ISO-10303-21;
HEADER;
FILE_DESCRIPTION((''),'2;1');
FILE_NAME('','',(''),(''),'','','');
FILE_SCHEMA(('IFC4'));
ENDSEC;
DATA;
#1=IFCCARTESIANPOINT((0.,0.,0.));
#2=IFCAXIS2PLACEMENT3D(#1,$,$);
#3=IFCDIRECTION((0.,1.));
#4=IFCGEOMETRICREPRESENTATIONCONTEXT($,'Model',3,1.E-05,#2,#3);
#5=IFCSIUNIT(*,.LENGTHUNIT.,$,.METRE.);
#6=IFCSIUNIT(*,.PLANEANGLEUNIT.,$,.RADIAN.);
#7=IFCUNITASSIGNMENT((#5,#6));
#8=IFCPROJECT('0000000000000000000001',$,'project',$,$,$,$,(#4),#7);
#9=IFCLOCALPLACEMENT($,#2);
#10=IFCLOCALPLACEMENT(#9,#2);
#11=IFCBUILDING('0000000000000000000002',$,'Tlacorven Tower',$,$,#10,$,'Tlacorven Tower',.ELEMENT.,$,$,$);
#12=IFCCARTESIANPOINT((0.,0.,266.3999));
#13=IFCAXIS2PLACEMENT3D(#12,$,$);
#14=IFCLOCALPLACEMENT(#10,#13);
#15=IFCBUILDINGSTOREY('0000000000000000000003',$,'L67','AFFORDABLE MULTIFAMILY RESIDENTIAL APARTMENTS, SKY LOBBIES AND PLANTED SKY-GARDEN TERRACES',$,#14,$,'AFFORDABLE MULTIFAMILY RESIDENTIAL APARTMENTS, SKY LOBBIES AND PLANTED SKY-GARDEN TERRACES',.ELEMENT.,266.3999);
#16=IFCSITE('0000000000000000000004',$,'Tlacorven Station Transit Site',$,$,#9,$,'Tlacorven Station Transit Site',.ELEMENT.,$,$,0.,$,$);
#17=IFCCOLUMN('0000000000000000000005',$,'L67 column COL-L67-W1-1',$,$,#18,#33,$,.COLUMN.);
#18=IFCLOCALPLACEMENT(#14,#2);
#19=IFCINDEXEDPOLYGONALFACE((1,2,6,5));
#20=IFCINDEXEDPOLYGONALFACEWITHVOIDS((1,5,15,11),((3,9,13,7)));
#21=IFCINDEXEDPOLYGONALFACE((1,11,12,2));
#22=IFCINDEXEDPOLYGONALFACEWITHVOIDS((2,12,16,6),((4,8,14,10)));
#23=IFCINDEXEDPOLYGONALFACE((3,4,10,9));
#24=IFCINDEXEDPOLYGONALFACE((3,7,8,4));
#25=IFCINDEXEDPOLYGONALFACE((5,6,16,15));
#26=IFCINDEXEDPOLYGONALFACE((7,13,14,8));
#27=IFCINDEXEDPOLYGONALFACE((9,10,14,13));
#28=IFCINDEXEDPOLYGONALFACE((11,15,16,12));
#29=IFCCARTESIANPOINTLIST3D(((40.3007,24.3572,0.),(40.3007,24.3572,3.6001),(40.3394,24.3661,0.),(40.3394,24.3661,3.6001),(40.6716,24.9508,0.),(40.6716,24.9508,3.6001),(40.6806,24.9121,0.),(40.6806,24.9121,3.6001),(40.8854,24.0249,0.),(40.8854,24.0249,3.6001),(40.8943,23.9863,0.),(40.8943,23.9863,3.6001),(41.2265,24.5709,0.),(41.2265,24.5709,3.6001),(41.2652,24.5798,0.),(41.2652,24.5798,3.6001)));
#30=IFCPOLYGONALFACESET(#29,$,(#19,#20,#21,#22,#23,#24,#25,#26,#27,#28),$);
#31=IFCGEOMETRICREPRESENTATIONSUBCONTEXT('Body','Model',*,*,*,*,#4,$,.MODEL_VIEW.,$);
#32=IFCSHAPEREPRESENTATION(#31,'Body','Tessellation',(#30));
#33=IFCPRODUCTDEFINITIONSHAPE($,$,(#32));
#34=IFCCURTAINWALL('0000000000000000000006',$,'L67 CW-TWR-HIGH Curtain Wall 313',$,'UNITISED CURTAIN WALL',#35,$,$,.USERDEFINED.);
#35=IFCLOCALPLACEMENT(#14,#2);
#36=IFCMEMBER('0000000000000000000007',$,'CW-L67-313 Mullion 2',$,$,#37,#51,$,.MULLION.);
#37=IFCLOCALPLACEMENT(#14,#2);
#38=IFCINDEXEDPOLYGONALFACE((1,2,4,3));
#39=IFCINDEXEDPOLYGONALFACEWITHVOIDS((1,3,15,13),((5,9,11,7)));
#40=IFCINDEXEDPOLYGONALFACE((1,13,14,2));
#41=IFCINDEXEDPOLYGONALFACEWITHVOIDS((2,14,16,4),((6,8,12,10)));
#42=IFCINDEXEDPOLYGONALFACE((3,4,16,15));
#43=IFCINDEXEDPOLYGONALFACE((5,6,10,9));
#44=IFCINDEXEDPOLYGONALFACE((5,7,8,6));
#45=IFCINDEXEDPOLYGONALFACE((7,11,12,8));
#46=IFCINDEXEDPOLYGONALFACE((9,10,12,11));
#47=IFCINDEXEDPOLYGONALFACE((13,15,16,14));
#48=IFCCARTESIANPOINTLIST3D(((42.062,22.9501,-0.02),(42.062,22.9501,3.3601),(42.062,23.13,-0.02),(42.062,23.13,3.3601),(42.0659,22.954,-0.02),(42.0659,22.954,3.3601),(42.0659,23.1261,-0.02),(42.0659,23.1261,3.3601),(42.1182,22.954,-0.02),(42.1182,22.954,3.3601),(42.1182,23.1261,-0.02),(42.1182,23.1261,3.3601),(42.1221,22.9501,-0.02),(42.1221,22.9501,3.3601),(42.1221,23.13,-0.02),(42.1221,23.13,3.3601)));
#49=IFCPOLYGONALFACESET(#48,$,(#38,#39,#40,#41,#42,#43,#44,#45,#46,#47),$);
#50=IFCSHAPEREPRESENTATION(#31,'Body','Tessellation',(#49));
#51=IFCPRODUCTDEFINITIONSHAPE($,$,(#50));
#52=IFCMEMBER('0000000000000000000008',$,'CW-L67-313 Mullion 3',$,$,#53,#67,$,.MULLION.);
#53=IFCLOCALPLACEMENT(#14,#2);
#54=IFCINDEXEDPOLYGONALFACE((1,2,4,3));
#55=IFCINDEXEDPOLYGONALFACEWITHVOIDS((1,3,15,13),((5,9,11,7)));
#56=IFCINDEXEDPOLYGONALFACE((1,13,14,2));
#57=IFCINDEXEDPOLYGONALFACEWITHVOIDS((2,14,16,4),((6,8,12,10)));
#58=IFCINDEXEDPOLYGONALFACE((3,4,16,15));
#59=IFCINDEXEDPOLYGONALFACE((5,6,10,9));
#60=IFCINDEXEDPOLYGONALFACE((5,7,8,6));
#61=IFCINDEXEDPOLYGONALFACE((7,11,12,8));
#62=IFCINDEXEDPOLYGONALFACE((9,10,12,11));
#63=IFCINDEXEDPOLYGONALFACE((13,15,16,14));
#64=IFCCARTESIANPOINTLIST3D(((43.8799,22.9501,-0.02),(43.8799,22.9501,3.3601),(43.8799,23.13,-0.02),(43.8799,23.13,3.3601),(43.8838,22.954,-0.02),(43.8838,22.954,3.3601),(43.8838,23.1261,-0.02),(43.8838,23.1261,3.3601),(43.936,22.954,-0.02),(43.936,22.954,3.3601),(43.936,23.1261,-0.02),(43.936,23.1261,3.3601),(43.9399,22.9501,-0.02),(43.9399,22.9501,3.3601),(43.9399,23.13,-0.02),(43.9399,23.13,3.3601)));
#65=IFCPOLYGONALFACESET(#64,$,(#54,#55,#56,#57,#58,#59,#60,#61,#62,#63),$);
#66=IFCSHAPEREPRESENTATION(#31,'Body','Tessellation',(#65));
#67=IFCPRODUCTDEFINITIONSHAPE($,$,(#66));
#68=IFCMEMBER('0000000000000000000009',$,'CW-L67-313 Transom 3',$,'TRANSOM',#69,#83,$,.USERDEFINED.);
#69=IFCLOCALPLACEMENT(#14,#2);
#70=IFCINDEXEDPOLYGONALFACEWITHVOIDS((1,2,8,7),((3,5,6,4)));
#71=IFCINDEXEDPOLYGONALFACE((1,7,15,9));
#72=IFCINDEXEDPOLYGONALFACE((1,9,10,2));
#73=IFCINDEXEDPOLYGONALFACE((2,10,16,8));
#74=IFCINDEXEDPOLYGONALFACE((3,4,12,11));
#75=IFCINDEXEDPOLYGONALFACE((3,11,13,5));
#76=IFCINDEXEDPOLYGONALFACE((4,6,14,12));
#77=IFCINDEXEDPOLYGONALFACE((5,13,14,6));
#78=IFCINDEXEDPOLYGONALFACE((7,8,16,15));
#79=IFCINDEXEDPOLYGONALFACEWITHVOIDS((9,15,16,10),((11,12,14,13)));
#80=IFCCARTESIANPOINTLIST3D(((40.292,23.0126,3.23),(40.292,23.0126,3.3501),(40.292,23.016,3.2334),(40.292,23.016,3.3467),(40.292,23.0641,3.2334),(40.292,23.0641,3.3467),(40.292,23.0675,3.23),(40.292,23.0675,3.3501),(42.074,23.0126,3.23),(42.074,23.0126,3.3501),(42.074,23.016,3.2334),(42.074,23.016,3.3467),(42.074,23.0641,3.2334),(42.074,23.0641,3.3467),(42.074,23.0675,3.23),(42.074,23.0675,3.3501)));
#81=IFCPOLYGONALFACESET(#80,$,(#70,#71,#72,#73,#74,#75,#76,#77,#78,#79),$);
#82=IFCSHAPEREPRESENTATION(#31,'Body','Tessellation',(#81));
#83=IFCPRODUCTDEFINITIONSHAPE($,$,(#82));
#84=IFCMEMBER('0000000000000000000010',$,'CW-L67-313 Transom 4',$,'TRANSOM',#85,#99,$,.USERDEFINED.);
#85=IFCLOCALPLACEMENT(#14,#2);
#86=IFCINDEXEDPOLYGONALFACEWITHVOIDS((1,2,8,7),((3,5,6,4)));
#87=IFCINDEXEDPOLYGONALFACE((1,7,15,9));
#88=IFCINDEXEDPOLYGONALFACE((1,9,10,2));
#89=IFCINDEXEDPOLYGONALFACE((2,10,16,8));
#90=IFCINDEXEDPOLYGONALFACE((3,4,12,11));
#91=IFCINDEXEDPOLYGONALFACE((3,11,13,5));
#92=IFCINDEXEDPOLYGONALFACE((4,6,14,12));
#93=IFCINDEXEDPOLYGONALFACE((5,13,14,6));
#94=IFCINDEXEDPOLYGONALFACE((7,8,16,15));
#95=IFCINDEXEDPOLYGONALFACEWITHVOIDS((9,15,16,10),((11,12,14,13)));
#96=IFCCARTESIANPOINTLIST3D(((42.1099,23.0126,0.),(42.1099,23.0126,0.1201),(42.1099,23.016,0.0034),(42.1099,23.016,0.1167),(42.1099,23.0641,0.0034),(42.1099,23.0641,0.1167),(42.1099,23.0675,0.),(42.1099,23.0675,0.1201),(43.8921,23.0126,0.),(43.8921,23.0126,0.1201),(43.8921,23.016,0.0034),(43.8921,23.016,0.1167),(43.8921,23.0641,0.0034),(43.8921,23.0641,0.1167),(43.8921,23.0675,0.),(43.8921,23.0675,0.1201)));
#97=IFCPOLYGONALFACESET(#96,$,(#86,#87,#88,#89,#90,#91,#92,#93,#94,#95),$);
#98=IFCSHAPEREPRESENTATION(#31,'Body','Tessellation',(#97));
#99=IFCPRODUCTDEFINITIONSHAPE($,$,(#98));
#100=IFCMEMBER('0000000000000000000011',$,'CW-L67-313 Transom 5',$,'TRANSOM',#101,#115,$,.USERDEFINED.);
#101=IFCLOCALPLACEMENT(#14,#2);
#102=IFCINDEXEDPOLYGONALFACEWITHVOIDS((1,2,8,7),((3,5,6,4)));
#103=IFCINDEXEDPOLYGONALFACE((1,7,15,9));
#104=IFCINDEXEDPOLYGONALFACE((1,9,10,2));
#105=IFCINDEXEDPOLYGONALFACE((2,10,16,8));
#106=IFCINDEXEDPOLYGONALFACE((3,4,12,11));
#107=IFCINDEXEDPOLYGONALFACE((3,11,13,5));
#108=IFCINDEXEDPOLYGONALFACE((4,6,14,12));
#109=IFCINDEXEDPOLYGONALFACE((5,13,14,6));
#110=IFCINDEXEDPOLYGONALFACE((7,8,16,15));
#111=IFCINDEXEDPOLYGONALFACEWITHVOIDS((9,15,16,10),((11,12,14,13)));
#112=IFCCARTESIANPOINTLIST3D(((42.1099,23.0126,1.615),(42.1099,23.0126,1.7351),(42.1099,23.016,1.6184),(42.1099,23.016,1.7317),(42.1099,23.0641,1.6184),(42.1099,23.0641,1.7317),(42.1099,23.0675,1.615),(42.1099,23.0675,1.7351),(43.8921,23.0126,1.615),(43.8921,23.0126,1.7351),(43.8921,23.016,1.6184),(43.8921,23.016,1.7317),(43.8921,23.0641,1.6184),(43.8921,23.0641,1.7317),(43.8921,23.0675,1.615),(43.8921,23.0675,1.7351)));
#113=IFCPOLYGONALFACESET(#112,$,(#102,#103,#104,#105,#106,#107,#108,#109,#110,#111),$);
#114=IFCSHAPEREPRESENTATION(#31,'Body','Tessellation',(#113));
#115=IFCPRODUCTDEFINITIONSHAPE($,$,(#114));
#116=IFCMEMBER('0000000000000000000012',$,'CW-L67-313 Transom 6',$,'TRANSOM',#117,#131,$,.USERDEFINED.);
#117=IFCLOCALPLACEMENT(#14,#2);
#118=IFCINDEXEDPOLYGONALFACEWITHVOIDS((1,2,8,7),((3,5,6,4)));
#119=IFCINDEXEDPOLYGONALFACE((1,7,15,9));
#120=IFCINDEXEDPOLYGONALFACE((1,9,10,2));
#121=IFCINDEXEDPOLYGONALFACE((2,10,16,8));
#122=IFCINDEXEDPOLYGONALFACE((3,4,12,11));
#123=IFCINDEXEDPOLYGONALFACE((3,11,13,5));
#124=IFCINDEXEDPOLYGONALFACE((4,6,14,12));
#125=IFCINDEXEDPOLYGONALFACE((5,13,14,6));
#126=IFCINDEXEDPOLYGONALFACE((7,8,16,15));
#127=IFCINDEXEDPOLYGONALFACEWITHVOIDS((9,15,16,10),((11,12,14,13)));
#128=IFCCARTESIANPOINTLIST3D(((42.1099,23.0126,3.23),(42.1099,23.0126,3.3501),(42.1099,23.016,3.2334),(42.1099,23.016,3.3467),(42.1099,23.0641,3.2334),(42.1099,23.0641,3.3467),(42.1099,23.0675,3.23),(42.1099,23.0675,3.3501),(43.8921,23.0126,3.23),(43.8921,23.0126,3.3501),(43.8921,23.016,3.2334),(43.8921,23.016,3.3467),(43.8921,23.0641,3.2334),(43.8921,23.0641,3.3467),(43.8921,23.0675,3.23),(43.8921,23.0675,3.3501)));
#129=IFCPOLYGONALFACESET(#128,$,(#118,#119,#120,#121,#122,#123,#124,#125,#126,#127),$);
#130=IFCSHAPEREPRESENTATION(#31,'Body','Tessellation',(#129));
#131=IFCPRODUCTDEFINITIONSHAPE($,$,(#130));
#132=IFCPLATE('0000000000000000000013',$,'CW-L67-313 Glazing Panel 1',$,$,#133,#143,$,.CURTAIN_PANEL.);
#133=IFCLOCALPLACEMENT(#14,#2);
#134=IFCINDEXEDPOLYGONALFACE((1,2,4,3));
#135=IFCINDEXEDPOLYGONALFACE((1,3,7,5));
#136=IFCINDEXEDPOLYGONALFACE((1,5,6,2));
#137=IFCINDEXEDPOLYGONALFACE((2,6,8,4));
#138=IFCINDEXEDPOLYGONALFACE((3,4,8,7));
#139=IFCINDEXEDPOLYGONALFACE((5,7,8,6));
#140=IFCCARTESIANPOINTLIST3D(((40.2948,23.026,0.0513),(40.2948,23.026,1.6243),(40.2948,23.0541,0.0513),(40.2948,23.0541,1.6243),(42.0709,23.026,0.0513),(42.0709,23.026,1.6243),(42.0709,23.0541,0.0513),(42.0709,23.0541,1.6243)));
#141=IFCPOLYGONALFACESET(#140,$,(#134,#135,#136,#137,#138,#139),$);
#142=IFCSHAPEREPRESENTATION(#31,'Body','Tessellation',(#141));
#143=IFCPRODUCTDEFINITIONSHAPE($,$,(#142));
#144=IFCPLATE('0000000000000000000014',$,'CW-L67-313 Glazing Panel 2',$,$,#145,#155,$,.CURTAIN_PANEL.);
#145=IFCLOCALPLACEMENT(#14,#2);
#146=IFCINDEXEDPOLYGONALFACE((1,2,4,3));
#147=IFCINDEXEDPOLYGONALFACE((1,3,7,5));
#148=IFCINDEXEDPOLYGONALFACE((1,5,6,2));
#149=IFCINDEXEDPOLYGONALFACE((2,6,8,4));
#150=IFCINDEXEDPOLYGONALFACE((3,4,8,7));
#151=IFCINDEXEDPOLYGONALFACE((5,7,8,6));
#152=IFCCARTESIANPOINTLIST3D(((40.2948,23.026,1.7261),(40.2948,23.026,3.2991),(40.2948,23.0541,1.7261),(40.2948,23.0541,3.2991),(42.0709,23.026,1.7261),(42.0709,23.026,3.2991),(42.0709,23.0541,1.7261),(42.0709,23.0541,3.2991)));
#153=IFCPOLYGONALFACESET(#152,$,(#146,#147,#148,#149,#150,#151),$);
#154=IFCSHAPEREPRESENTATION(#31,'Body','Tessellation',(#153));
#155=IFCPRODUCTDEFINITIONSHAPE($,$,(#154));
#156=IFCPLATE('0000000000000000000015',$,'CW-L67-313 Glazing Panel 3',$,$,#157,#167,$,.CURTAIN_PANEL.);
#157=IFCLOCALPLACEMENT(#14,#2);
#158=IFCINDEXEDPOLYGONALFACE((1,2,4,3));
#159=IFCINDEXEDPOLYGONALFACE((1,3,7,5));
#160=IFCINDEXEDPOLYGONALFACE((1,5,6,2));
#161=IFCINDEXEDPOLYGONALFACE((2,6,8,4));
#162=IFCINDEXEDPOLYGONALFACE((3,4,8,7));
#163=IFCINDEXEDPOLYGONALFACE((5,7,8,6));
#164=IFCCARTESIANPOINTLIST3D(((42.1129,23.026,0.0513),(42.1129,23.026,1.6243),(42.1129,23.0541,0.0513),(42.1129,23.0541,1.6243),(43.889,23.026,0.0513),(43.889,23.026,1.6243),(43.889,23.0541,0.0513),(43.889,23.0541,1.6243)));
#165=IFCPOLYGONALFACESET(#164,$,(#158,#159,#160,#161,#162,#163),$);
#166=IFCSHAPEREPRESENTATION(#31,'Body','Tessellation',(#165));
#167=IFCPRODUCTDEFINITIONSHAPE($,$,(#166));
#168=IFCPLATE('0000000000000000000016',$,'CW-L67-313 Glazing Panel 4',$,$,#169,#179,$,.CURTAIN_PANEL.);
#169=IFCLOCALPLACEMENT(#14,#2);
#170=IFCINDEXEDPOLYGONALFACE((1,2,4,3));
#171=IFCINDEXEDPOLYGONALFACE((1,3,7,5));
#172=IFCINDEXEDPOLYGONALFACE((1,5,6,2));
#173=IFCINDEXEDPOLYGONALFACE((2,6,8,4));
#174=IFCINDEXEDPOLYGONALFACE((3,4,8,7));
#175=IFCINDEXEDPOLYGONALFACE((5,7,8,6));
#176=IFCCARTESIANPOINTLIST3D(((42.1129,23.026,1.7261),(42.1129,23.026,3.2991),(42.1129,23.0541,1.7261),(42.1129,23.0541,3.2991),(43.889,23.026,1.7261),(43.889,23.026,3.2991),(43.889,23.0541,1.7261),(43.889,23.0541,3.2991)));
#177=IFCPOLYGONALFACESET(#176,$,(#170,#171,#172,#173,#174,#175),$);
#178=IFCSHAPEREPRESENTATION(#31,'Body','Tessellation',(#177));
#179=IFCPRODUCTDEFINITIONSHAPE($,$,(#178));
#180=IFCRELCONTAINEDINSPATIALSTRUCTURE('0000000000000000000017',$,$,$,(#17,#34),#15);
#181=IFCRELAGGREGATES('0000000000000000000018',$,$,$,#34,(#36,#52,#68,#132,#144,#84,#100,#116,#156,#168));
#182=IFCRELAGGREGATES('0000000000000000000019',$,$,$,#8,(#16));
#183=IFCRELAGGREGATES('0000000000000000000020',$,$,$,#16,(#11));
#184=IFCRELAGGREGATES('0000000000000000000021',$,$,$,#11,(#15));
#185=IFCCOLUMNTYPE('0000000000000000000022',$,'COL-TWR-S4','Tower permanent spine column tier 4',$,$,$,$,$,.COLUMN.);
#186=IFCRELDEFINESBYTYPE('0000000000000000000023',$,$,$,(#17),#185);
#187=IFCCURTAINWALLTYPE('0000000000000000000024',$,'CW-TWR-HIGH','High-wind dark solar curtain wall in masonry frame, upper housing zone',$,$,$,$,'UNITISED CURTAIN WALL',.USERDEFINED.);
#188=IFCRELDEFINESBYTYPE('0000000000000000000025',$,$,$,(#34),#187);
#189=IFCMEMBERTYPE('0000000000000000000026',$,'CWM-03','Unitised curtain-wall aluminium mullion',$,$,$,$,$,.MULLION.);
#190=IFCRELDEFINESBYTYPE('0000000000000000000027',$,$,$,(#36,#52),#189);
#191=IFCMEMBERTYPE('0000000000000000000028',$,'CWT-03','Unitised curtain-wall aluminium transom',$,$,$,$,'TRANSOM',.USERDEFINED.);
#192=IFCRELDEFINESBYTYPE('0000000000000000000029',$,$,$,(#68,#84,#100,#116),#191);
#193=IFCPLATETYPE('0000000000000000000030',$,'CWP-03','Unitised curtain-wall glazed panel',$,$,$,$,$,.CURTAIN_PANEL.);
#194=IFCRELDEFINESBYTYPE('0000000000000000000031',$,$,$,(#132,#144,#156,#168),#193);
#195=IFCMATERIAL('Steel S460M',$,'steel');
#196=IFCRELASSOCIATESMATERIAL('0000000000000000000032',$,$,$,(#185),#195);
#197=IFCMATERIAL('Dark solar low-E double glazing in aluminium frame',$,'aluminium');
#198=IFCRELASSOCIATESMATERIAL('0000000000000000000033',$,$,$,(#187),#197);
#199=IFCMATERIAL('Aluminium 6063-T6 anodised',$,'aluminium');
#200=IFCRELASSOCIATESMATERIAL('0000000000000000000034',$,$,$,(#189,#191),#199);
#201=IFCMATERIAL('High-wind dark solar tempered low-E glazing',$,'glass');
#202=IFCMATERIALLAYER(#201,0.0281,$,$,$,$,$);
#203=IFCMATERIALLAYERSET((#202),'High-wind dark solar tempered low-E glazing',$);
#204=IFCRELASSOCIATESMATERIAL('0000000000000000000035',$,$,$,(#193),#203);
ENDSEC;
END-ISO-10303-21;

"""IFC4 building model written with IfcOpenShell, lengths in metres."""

from ifc_helpers import new_model, si_unit, direction, frame, origin, origin_2d, place, context, subcontext, project, spatial, rectangle, hollow_rectangle, extrude, source, transform, mapped, material, layer, layer_set, material_profile, profile_set, type_object, element, aggregate, save


model = new_model("IFC4")

# Units and contexts
model_context = context("Model", 3, precision=1e-05, world=origin(), true_north=direction((0.0, 1.0)))
body_context = subcontext(model_context, "Body", "Model", "MODEL_VIEW")
ifc_project = project(units=[si_unit("LENGTHUNIT", "METRE"), si_unit("PLANEANGLEUNIT", "RADIAN")], contexts=[model_context])

# Site, building, storey
site_placement = place(None, origin())
site = spatial("IfcSite", under=ifc_project, at=site_placement, Name="Tlacorven Station Transit Site", LongName="Tlacorven Station Transit Site", CompositionType="ELEMENT", RefElevation=0.0)
building_placement = place(site_placement, origin())
building = spatial("IfcBuilding", under=site, at=building_placement, Name="Tlacorven Tower", LongName="Tlacorven Tower", CompositionType="ELEMENT")
storey_placement = place(building_placement, frame((0.0, 0.0, 266.3999)))
storey = spatial("IfcBuildingStorey", under=building, at=storey_placement, Name="L67", Description="AFFORDABLE MULTIFAMILY RESIDENTIAL APARTMENTS, SKY LOBBIES AND PLANTED SKY-GARDEN TERRACES", LongName="AFFORDABLE MULTIFAMILY RESIDENTIAL APARTMENTS, SKY LOBBIES AND PLANTED SKY-GARDEN TERRACES", CompositionType="ELEMENT", Elevation=266.3999)

# Column
ifc_material_1 = material(Name="Steel S460M", Category="steel")
ifc_material_profile_1 = material_profile(ifc_material_1, hollow_rectangle(XDim=0.7, YDim=0.7, WallThickness=0.0281, at=origin_2d()), Name="BOX 700X700X28")
ifc_profile_set_1 = profile_set([ifc_material_profile_1], Name="Steel S460M")
column_type = type_object("IfcColumnType", Name="COL-TWR-S4", Description="Tower permanent spine column tier 4", PredefinedType="COLUMN", material=ifc_profile_set_1)
shared_shape_1 = source(origin(), body_context, "Body", "SweptSolid", [
    extrude(hollow_rectangle(XDim=0.7, YDim=0.7, WallThickness=0.0281, at=origin_2d()), origin(), (0.0, 0.0, 1.0), 3.6001),
])
column_placement = place(storey_placement, frame((40.783, 24.4685, 0.0), z_axis=(0.0, 0.0, 1.0), x_axis=(-0.848048, 0.529919, 0.0)))
element("IfcColumn", 1, at=column_placement, inside=storey, type_object=column_type, Name="L67 column COL-L67-W1-1", PredefinedType="COLUMN", context=body_context, shape_type="MappedRepresentation", body=[
    mapped(shared_shape_1, transform((0.0, 0.0, 0.0), scale=1.0)),
])

# Curtain wall, members, plates
ifc_material_2 = material(Name="Dark solar low-E double glazing in aluminium frame", Category="aluminium")
curtain_wall_type = type_object("IfcCurtainWallType", Name="CW-TWR-HIGH", Description="High-wind dark solar curtain wall in masonry frame, upper housing zone", ElementType="UNITISED CURTAIN WALL", PredefinedType="USERDEFINED", material=ifc_material_2)
curtain_wall_placement = place(storey_placement, origin())
curtain_wall = element("IfcCurtainWall", 2, at=curtain_wall_placement, inside=storey, type_object=curtain_wall_type, Name="L67 CW-TWR-HIGH Curtain Wall 313", ObjectType="UNITISED CURTAIN WALL", PredefinedType="USERDEFINED")
ifc_material_3 = material(Name="Aluminium 6063-T6 anodised", Category="aluminium")
ifc_material_profile_2 = material_profile(ifc_material_3, hollow_rectangle(XDim=0.0601, YDim=0.1799, WallThickness=0.0039, at=origin_2d()), Name="ALU MULLION 60X180")
ifc_profile_set_2 = profile_set([ifc_material_profile_2], Name="Aluminium 6063-T6 anodised")
member_type_1 = type_object("IfcMemberType", Name="CWM-03", Description="Unitised curtain-wall aluminium mullion", PredefinedType="MULLION", material=ifc_profile_set_2)
shared_shape_2 = source(origin(), body_context, "Body", "SweptSolid", [
    extrude(hollow_rectangle(XDim=0.0601, YDim=0.1799, WallThickness=0.0039, at=origin_2d()), origin(), (0.0, 0.0, 1.0), 3.3801),
])
member_1_placement = place(storey_placement, frame((42.092, 23.04, -0.02), z_axis=(0.0, 0.0, 1.0), x_axis=(1.0, 0.0, 0.0)))
member_1 = element("IfcMember", 3, at=member_1_placement, type_object=member_type_1, Name="CW-L67-313 Mullion 2", PredefinedType="MULLION", context=body_context, shape_type="MappedRepresentation", body=[
    mapped(shared_shape_2, transform((0.0, 0.0, 0.0), scale=1.0)),
])
member_2_placement = place(storey_placement, frame((43.9099, 23.04, -0.02), z_axis=(0.0, 0.0, 1.0), x_axis=(1.0, 0.0, 0.0)))
member_2 = element("IfcMember", 4, at=member_2_placement, type_object=member_type_1, Name="CW-L67-313 Mullion 3", PredefinedType="MULLION", context=body_context, shape_type="MappedRepresentation", body=[
    mapped(shared_shape_2, transform((0.0, 0.0, 0.0), scale=1.0)),
])
ifc_material_profile_3 = material_profile(ifc_material_3, hollow_rectangle(XDim=0.0549, YDim=0.1201, WallThickness=0.0034, at=origin_2d()), Name="ALU TRANSOM 55X120")
ifc_profile_set_3 = profile_set([ifc_material_profile_3], Name="Aluminium 6063-T6 anodised")
member_type_2 = type_object("IfcMemberType", Name="CWT-03", Description="Unitised curtain-wall aluminium transom", ElementType="TRANSOM", PredefinedType="USERDEFINED", material=ifc_profile_set_3)
shared_shape_3 = source(origin(), body_context, "Body", "SweptSolid", [
    extrude(hollow_rectangle(XDim=0.0549, YDim=0.1201, WallThickness=0.0034, at=origin_2d()), origin(), (0.0, 0.0, 1.0), 1.782),
])
member_3_placement = place(storey_placement, frame((40.292, 23.04, 3.29), z_axis=(1.0, 0.0, 0.0), x_axis=(0.0, 1.0, 0.0)))
member_3 = element("IfcMember", 5, at=member_3_placement, type_object=member_type_2, Name="CW-L67-313 Transom 3", ObjectType="TRANSOM", PredefinedType="USERDEFINED", context=body_context, shape_type="MappedRepresentation", body=[
    mapped(shared_shape_3, transform((0.0, 0.0, 0.0), scale=1.0)),
])
shared_shape_4 = source(origin(), body_context, "Body", "SweptSolid", [
    extrude(hollow_rectangle(XDim=0.0549, YDim=0.1201, WallThickness=0.0034, at=origin_2d()), origin(), (0.0, 0.0, 1.0), 1.7822),
])
member_4_placement = place(storey_placement, frame((42.1099, 23.04, 0.0601), z_axis=(1.0, 0.0, 0.0), x_axis=(0.0, 1.0, 0.0)))
member_4 = element("IfcMember", 6, at=member_4_placement, type_object=member_type_2, Name="CW-L67-313 Transom 4", ObjectType="TRANSOM", PredefinedType="USERDEFINED", context=body_context, shape_type="MappedRepresentation", body=[
    mapped(shared_shape_4, transform((0.0, 0.0, 0.0), scale=1.0)),
])
member_5_placement = place(storey_placement, frame((42.1099, 23.04, 1.675), z_axis=(1.0, 0.0, 0.0), x_axis=(0.0, 1.0, 0.0)))
member_5 = element("IfcMember", 7, at=member_5_placement, type_object=member_type_2, Name="CW-L67-313 Transom 5", ObjectType="TRANSOM", PredefinedType="USERDEFINED", context=body_context, shape_type="MappedRepresentation", body=[
    mapped(shared_shape_4, transform((0.0, 0.0, 0.0), scale=1.0)),
])
member_6_placement = place(storey_placement, frame((42.1099, 23.04, 3.29), z_axis=(1.0, 0.0, 0.0), x_axis=(0.0, 1.0, 0.0)))
member_6 = element("IfcMember", 8, at=member_6_placement, type_object=member_type_2, Name="CW-L67-313 Transom 6", ObjectType="TRANSOM", PredefinedType="USERDEFINED", context=body_context, shape_type="MappedRepresentation", body=[
    mapped(shared_shape_4, transform((0.0, 0.0, 0.0), scale=1.0)),
])
ifc_material_4 = material(Name="High-wind dark solar tempered low-E glazing", Category="glass")
ifc_layer_1 = layer(ifc_material_4, 0.0281)
ifc_layer_set_1 = layer_set([ifc_layer_1], Name="High-wind dark solar tempered low-E glazing")
plate_type = type_object("IfcPlateType", Name="CWP-03", Description="Unitised curtain-wall glazed panel", PredefinedType="CURTAIN_PANEL", material=ifc_layer_set_1)
shared_shape_5 = source(origin(), body_context, "Body", "SweptSolid", [
    extrude(rectangle(XDim=1.7761, YDim=0.0281, at=origin_2d()), origin(), (0.0, 0.0, 1.0), 1.573),
])
plate_1_placement = place(storey_placement, frame((41.1829, 23.04, 0.0513), z_axis=(0.0, 0.0, 1.0), x_axis=(1.0, 0.0, 0.0)))
plate_1 = element("IfcPlate", 9, at=plate_1_placement, type_object=plate_type, Name="CW-L67-313 Glazing Panel 1", PredefinedType="CURTAIN_PANEL", context=body_context, shape_type="MappedRepresentation", body=[
    mapped(shared_shape_5, transform((0.0, 0.0, 0.0), scale=1.0)),
])
plate_2_placement = place(storey_placement, frame((41.1829, 23.04, 1.7261), z_axis=(0.0, 0.0, 1.0), x_axis=(1.0, 0.0, 0.0)))
plate_2 = element("IfcPlate", 10, at=plate_2_placement, type_object=plate_type, Name="CW-L67-313 Glazing Panel 2", PredefinedType="CURTAIN_PANEL", context=body_context, shape_type="MappedRepresentation", body=[
    mapped(shared_shape_5, transform((0.0, 0.0, 0.0), scale=1.0)),
])
plate_3_placement = place(storey_placement, frame((43.001, 23.04, 0.0513), z_axis=(0.0, 0.0, 1.0), x_axis=(1.0, 0.0, 0.0)))
plate_3 = element("IfcPlate", 11, at=plate_3_placement, type_object=plate_type, Name="CW-L67-313 Glazing Panel 3", PredefinedType="CURTAIN_PANEL", context=body_context, shape_type="MappedRepresentation", body=[
    mapped(shared_shape_5, transform((0.0, 0.0, 0.0), scale=1.0)),
])
plate_4_placement = place(storey_placement, frame((43.001, 23.04, 1.7261), z_axis=(0.0, 0.0, 1.0), x_axis=(1.0, 0.0, 0.0)))
plate_4 = element("IfcPlate", 12, at=plate_4_placement, type_object=plate_type, Name="CW-L67-313 Glazing Panel 4", PredefinedType="CURTAIN_PANEL", context=body_context, shape_type="MappedRepresentation", body=[
    mapped(shared_shape_5, transform((0.0, 0.0, 0.0), scale=1.0)),
])
aggregate(curtain_wall, [member_1, member_2, member_3, plate_1, plate_2, member_4, member_5, member_6, plate_3, plate_4])

save(model, "model.ifc")
